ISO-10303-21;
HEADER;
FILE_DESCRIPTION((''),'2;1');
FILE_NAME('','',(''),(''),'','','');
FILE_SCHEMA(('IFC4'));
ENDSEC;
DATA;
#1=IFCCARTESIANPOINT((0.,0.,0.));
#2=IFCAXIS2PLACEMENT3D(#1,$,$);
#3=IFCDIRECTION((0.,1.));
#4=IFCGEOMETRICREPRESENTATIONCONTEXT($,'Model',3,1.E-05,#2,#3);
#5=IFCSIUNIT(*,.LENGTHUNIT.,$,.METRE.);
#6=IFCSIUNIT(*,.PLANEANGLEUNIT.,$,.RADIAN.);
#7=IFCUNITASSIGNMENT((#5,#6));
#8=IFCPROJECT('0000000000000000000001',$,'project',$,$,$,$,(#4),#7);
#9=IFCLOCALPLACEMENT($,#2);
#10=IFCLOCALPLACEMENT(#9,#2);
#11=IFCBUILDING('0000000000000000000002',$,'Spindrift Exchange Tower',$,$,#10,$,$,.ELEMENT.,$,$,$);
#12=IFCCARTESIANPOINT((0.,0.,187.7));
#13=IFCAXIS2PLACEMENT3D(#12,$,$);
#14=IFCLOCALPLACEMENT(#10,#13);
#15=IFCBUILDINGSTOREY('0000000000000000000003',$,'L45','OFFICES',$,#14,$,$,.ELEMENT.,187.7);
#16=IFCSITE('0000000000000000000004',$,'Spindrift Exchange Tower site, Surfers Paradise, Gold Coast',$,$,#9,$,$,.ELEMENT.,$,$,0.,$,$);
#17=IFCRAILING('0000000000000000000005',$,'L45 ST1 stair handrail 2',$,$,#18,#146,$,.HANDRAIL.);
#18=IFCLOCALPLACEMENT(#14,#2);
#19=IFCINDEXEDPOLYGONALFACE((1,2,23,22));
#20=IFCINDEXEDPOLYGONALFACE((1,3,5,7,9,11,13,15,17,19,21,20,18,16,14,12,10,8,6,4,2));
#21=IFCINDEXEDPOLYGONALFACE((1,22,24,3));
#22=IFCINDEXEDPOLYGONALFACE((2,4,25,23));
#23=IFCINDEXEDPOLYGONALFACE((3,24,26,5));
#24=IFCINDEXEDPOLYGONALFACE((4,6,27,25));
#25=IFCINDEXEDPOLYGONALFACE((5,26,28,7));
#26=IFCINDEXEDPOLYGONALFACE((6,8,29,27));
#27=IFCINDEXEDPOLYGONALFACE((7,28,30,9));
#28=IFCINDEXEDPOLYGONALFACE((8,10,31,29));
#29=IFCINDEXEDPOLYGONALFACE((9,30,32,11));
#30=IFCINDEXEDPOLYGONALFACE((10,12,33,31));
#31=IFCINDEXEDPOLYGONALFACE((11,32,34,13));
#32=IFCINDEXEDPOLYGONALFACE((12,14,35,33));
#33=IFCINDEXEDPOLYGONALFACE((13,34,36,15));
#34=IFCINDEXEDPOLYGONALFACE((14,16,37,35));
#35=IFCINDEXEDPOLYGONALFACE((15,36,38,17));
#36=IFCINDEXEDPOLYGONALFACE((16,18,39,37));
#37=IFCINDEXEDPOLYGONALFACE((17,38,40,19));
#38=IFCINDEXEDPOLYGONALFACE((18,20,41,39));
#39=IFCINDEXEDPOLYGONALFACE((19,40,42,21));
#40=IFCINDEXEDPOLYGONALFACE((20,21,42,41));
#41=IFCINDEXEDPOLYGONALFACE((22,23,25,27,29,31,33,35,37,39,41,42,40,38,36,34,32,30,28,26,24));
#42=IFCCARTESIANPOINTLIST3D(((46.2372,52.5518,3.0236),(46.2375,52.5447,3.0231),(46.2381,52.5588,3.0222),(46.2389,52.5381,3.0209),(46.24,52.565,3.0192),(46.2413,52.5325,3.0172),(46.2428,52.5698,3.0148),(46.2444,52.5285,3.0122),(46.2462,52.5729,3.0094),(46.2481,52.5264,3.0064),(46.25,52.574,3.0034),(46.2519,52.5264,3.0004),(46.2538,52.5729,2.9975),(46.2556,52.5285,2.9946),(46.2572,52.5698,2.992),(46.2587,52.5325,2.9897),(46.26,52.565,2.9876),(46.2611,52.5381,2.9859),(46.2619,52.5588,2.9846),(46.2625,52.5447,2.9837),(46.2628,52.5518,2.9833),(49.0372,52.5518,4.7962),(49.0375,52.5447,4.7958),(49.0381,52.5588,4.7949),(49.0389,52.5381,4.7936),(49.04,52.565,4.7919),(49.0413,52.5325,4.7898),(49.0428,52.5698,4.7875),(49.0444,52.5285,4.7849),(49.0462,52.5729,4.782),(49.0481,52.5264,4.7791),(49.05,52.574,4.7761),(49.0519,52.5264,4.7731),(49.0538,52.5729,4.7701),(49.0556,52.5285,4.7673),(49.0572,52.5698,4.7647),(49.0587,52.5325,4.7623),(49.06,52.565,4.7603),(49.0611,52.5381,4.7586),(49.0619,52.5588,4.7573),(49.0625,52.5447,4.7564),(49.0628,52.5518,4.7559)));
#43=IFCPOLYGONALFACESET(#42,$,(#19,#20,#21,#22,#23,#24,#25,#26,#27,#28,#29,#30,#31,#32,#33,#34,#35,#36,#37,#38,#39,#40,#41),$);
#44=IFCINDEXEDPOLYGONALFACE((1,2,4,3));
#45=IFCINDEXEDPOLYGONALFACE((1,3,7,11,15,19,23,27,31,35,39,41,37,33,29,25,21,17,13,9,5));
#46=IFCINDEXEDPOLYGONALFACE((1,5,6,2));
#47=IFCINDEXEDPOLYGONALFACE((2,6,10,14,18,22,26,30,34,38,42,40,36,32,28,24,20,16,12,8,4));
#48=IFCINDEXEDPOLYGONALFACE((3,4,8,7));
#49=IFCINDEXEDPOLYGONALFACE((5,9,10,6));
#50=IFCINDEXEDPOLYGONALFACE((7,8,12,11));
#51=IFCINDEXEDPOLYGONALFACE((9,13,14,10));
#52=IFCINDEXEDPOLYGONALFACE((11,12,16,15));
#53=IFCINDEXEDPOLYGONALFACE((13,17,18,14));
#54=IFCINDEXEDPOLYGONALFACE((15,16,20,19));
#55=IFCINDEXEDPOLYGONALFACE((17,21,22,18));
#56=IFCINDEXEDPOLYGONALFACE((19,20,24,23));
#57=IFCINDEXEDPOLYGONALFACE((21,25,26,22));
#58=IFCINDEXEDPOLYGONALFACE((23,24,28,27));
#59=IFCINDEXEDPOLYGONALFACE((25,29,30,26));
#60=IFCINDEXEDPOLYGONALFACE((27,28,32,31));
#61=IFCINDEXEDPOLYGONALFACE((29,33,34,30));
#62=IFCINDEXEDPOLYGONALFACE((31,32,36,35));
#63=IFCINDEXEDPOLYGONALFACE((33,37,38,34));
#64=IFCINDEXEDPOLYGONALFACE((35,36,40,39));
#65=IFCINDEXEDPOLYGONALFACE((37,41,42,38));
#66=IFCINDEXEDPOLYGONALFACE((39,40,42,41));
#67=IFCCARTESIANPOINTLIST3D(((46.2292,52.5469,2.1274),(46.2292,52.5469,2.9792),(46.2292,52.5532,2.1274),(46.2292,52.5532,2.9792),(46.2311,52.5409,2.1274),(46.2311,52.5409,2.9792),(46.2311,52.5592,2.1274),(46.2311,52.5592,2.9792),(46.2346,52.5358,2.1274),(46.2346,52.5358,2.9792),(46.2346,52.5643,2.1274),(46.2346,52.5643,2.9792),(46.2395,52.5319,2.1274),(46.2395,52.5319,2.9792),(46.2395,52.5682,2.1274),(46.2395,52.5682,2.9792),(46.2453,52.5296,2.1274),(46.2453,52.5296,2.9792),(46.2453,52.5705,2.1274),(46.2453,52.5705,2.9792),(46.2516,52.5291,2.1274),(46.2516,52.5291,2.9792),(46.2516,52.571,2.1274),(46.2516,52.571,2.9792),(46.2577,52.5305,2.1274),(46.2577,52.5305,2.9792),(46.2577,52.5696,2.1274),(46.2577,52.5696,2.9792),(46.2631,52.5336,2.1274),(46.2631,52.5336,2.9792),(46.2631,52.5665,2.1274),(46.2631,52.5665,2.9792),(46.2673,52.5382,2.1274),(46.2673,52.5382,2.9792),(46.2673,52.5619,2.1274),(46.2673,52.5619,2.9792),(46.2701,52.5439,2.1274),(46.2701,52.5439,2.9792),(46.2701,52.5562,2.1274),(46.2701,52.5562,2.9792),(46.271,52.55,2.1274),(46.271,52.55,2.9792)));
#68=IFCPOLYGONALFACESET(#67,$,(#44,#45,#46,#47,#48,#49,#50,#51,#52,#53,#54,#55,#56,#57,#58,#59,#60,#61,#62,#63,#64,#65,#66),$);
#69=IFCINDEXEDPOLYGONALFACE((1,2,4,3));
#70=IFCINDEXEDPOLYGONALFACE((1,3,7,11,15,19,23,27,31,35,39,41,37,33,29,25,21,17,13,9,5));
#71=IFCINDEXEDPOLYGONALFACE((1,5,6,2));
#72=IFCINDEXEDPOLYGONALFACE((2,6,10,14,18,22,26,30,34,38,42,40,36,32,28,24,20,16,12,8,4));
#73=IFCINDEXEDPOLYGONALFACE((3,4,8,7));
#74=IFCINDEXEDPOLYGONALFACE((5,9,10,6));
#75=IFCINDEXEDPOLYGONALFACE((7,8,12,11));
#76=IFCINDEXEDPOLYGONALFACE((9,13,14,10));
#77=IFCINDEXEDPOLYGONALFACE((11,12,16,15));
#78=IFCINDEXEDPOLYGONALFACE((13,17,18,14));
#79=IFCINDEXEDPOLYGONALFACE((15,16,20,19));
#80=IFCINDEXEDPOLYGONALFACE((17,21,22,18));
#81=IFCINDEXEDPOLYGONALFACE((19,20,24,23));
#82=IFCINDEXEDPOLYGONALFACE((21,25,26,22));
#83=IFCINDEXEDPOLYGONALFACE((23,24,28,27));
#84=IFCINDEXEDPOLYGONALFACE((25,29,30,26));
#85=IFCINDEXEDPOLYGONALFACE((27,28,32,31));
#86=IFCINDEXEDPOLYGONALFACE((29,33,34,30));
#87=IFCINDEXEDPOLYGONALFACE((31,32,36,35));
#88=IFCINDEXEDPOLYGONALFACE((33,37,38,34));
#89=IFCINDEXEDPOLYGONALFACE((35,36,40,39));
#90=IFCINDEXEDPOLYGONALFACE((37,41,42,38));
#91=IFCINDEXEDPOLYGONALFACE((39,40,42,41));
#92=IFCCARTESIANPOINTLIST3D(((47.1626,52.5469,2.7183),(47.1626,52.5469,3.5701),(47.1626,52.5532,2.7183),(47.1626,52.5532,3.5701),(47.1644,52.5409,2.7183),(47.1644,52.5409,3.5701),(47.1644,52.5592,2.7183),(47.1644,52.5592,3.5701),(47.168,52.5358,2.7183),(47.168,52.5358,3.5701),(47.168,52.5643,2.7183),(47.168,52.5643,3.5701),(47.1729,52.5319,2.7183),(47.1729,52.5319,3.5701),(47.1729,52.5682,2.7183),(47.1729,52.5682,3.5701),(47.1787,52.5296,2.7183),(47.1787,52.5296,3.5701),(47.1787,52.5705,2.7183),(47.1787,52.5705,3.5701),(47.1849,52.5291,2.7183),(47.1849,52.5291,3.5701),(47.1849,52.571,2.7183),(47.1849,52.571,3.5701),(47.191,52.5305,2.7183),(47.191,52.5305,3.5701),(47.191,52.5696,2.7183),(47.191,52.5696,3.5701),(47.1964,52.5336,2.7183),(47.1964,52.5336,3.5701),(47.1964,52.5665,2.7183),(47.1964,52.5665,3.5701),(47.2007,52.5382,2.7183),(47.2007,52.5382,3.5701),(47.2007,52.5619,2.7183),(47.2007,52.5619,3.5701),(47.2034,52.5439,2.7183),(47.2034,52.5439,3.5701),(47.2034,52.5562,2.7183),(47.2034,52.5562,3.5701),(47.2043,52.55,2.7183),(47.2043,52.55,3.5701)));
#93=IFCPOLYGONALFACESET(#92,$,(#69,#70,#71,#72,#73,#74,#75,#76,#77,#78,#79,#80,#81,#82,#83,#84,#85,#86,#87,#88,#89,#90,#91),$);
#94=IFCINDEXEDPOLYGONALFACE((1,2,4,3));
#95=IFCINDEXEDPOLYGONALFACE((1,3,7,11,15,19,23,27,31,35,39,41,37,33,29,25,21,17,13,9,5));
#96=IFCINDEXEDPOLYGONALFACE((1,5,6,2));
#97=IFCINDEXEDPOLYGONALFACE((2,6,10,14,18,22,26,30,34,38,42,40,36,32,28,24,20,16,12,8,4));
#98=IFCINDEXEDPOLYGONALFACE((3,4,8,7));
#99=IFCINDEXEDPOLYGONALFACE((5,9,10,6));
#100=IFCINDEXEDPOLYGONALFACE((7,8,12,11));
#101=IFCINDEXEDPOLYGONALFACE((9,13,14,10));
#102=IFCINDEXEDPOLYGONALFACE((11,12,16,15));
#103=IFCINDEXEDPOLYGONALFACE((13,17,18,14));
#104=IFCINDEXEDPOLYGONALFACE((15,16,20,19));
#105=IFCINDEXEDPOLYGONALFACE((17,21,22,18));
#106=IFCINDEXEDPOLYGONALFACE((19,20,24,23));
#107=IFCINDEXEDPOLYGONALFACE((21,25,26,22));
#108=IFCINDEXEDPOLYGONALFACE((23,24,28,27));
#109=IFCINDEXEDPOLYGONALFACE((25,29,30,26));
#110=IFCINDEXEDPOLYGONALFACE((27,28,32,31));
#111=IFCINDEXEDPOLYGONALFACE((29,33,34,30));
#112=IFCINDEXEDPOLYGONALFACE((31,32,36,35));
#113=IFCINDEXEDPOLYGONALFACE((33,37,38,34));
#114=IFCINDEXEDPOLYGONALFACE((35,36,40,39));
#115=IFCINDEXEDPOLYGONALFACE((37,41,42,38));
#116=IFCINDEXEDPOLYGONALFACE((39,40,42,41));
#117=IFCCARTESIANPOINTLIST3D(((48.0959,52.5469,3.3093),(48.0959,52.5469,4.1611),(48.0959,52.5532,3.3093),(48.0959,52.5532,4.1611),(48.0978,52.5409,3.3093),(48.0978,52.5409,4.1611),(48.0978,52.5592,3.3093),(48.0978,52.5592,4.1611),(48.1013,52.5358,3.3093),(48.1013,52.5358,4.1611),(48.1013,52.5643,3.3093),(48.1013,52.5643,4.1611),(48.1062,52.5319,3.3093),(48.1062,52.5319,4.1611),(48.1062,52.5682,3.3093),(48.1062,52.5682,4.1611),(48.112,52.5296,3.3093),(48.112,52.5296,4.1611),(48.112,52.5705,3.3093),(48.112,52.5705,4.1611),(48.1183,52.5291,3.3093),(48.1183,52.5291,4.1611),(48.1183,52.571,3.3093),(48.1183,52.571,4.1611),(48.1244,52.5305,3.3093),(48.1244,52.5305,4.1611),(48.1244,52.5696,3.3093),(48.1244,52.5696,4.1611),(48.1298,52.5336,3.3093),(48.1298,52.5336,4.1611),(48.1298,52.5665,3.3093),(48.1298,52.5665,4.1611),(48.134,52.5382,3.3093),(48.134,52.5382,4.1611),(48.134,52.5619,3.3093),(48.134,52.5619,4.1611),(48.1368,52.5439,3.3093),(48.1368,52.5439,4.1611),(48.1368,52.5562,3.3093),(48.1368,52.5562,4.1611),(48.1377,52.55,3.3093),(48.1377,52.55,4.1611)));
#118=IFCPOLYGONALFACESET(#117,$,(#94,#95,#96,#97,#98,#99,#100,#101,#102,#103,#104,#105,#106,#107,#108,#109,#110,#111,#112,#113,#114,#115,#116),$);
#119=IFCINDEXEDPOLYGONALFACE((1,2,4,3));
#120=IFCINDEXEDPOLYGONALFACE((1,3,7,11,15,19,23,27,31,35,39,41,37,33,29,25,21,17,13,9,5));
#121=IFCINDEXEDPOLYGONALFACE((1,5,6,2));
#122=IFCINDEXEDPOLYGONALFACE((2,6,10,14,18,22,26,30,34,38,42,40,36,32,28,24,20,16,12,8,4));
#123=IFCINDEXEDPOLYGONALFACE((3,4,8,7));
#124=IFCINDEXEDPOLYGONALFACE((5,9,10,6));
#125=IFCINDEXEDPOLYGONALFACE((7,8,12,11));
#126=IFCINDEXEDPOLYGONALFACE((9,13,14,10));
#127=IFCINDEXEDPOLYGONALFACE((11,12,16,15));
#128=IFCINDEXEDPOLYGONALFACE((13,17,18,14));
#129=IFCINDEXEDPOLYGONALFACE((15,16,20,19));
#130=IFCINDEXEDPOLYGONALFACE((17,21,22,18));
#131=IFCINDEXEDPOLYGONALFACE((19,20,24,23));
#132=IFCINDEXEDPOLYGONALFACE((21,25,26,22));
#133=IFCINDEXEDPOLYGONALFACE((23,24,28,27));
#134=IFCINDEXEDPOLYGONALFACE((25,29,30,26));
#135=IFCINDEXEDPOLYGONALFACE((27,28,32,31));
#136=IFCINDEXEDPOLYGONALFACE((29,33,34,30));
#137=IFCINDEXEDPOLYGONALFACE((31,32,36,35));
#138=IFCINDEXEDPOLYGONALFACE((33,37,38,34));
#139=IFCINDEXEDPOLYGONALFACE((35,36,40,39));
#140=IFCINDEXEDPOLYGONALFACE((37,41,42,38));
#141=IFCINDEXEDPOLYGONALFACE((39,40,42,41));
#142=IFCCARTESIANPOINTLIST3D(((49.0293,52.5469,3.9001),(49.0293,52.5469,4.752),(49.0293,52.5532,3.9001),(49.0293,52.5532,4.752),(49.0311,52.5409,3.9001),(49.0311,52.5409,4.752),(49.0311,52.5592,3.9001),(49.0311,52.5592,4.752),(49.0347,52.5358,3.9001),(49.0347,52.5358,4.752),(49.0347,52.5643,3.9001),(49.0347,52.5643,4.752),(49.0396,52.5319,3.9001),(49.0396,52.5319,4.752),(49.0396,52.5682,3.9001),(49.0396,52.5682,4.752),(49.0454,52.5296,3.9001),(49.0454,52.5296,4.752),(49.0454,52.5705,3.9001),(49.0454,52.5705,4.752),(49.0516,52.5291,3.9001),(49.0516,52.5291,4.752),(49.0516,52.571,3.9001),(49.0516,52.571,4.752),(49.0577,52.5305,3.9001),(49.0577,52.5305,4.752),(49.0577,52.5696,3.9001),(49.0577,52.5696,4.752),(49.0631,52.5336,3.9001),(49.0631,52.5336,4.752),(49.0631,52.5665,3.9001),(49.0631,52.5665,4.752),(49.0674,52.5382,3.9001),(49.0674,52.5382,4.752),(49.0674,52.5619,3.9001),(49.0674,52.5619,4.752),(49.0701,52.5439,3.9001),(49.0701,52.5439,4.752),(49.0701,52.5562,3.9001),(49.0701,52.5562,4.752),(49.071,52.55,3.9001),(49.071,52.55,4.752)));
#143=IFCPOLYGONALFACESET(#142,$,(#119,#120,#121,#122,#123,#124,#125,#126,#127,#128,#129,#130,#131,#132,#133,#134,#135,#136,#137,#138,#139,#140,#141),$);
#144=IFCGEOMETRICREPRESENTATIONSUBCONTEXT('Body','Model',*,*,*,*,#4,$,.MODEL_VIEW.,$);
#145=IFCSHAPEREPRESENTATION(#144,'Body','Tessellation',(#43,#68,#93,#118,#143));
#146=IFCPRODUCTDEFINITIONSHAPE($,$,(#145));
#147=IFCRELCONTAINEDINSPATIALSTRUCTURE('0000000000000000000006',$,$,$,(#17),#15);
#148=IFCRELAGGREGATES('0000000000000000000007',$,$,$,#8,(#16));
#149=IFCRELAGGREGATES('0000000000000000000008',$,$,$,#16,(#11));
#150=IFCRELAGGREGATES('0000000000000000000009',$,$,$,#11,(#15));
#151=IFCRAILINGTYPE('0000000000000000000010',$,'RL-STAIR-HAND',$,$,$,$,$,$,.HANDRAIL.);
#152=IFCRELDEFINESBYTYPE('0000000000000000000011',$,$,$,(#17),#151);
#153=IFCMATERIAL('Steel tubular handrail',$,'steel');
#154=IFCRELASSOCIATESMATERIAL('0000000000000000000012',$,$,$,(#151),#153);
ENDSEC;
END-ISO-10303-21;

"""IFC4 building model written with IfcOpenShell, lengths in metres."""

from ifc_helpers import new_model, si_unit, direction, frame, origin, origin_2d, place, context, subcontext, project, spatial, circle, extrude, material, type_object, element, save


model = new_model("IFC4")

# Units and contexts
model_context = context("Model", 3, precision=1e-05, world=origin(), true_north=direction((0.0, 1.0)))
body_context = subcontext(model_context, "Body", "Model", "MODEL_VIEW")
ifc_project = project(units=[si_unit("LENGTHUNIT", "METRE"), si_unit("PLANEANGLEUNIT", "RADIAN")], contexts=[model_context])

# Site, building, storey
site_placement = place(None, origin())
site = spatial("IfcSite", under=ifc_project, at=site_placement, Name="Spindrift Exchange Tower site, Surfers Paradise, Gold Coast", CompositionType="ELEMENT", RefElevation=0.0)
building_placement = place(site_placement, origin())
building = spatial("IfcBuilding", under=site, at=building_placement, Name="Spindrift Exchange Tower", CompositionType="ELEMENT")
storey_placement = place(building_placement, frame((0.0, 0.0, 187.7)))
storey = spatial("IfcBuildingStorey", under=building, at=storey_placement, Name="L45", Description="OFFICES", CompositionType="ELEMENT", Elevation=187.7)

# Railing
ifc_material_1 = material(Name="Steel tubular handrail", Category="steel")
railing_type_1 = type_object("IfcRailingType", Name="RL-STAIR-HAND", PredefinedType="HANDRAIL", material=ifc_material_1)
railing_1_placement = place(storey_placement, frame((46.25, 52.55, 2.1274)))
element("IfcRailing", 1, at=railing_1_placement, inside=storey, type_object=railing_type_1, Name="L45 ST1 stair handrail 2", PredefinedType="HANDRAIL", context=body_context, shape_type="SweptSolid", body=[
    extrude(circle(Radius=0.0239, at=origin_2d()), frame((0.0, 0.0, 0.876), z_axis=(0.844909, 0.0, 0.53491), x_axis=(0.0, 1.0, 0.0)), (0.0, 0.0, 1.0), 3.314),
    extrude(circle(Radius=0.021, at=origin_2d()), origin(), (0.0, 0.0, 1.0), 0.8518),
    extrude(circle(Radius=0.021, at=origin_2d()), frame((0.9333, 0.0, 0.5908)), (0.0, 0.0, 1.0), 0.8518),
    extrude(circle(Radius=0.021, at=origin_2d()), frame((1.8667, 0.0, 1.1819)), (0.0, 0.0, 1.0), 0.8518),
    extrude(circle(Radius=0.021, at=origin_2d()), frame((2.8, 0.0, 1.7727)), (0.0, 0.0, 1.0), 0.8518),
])

save(model, "model.ifc")
